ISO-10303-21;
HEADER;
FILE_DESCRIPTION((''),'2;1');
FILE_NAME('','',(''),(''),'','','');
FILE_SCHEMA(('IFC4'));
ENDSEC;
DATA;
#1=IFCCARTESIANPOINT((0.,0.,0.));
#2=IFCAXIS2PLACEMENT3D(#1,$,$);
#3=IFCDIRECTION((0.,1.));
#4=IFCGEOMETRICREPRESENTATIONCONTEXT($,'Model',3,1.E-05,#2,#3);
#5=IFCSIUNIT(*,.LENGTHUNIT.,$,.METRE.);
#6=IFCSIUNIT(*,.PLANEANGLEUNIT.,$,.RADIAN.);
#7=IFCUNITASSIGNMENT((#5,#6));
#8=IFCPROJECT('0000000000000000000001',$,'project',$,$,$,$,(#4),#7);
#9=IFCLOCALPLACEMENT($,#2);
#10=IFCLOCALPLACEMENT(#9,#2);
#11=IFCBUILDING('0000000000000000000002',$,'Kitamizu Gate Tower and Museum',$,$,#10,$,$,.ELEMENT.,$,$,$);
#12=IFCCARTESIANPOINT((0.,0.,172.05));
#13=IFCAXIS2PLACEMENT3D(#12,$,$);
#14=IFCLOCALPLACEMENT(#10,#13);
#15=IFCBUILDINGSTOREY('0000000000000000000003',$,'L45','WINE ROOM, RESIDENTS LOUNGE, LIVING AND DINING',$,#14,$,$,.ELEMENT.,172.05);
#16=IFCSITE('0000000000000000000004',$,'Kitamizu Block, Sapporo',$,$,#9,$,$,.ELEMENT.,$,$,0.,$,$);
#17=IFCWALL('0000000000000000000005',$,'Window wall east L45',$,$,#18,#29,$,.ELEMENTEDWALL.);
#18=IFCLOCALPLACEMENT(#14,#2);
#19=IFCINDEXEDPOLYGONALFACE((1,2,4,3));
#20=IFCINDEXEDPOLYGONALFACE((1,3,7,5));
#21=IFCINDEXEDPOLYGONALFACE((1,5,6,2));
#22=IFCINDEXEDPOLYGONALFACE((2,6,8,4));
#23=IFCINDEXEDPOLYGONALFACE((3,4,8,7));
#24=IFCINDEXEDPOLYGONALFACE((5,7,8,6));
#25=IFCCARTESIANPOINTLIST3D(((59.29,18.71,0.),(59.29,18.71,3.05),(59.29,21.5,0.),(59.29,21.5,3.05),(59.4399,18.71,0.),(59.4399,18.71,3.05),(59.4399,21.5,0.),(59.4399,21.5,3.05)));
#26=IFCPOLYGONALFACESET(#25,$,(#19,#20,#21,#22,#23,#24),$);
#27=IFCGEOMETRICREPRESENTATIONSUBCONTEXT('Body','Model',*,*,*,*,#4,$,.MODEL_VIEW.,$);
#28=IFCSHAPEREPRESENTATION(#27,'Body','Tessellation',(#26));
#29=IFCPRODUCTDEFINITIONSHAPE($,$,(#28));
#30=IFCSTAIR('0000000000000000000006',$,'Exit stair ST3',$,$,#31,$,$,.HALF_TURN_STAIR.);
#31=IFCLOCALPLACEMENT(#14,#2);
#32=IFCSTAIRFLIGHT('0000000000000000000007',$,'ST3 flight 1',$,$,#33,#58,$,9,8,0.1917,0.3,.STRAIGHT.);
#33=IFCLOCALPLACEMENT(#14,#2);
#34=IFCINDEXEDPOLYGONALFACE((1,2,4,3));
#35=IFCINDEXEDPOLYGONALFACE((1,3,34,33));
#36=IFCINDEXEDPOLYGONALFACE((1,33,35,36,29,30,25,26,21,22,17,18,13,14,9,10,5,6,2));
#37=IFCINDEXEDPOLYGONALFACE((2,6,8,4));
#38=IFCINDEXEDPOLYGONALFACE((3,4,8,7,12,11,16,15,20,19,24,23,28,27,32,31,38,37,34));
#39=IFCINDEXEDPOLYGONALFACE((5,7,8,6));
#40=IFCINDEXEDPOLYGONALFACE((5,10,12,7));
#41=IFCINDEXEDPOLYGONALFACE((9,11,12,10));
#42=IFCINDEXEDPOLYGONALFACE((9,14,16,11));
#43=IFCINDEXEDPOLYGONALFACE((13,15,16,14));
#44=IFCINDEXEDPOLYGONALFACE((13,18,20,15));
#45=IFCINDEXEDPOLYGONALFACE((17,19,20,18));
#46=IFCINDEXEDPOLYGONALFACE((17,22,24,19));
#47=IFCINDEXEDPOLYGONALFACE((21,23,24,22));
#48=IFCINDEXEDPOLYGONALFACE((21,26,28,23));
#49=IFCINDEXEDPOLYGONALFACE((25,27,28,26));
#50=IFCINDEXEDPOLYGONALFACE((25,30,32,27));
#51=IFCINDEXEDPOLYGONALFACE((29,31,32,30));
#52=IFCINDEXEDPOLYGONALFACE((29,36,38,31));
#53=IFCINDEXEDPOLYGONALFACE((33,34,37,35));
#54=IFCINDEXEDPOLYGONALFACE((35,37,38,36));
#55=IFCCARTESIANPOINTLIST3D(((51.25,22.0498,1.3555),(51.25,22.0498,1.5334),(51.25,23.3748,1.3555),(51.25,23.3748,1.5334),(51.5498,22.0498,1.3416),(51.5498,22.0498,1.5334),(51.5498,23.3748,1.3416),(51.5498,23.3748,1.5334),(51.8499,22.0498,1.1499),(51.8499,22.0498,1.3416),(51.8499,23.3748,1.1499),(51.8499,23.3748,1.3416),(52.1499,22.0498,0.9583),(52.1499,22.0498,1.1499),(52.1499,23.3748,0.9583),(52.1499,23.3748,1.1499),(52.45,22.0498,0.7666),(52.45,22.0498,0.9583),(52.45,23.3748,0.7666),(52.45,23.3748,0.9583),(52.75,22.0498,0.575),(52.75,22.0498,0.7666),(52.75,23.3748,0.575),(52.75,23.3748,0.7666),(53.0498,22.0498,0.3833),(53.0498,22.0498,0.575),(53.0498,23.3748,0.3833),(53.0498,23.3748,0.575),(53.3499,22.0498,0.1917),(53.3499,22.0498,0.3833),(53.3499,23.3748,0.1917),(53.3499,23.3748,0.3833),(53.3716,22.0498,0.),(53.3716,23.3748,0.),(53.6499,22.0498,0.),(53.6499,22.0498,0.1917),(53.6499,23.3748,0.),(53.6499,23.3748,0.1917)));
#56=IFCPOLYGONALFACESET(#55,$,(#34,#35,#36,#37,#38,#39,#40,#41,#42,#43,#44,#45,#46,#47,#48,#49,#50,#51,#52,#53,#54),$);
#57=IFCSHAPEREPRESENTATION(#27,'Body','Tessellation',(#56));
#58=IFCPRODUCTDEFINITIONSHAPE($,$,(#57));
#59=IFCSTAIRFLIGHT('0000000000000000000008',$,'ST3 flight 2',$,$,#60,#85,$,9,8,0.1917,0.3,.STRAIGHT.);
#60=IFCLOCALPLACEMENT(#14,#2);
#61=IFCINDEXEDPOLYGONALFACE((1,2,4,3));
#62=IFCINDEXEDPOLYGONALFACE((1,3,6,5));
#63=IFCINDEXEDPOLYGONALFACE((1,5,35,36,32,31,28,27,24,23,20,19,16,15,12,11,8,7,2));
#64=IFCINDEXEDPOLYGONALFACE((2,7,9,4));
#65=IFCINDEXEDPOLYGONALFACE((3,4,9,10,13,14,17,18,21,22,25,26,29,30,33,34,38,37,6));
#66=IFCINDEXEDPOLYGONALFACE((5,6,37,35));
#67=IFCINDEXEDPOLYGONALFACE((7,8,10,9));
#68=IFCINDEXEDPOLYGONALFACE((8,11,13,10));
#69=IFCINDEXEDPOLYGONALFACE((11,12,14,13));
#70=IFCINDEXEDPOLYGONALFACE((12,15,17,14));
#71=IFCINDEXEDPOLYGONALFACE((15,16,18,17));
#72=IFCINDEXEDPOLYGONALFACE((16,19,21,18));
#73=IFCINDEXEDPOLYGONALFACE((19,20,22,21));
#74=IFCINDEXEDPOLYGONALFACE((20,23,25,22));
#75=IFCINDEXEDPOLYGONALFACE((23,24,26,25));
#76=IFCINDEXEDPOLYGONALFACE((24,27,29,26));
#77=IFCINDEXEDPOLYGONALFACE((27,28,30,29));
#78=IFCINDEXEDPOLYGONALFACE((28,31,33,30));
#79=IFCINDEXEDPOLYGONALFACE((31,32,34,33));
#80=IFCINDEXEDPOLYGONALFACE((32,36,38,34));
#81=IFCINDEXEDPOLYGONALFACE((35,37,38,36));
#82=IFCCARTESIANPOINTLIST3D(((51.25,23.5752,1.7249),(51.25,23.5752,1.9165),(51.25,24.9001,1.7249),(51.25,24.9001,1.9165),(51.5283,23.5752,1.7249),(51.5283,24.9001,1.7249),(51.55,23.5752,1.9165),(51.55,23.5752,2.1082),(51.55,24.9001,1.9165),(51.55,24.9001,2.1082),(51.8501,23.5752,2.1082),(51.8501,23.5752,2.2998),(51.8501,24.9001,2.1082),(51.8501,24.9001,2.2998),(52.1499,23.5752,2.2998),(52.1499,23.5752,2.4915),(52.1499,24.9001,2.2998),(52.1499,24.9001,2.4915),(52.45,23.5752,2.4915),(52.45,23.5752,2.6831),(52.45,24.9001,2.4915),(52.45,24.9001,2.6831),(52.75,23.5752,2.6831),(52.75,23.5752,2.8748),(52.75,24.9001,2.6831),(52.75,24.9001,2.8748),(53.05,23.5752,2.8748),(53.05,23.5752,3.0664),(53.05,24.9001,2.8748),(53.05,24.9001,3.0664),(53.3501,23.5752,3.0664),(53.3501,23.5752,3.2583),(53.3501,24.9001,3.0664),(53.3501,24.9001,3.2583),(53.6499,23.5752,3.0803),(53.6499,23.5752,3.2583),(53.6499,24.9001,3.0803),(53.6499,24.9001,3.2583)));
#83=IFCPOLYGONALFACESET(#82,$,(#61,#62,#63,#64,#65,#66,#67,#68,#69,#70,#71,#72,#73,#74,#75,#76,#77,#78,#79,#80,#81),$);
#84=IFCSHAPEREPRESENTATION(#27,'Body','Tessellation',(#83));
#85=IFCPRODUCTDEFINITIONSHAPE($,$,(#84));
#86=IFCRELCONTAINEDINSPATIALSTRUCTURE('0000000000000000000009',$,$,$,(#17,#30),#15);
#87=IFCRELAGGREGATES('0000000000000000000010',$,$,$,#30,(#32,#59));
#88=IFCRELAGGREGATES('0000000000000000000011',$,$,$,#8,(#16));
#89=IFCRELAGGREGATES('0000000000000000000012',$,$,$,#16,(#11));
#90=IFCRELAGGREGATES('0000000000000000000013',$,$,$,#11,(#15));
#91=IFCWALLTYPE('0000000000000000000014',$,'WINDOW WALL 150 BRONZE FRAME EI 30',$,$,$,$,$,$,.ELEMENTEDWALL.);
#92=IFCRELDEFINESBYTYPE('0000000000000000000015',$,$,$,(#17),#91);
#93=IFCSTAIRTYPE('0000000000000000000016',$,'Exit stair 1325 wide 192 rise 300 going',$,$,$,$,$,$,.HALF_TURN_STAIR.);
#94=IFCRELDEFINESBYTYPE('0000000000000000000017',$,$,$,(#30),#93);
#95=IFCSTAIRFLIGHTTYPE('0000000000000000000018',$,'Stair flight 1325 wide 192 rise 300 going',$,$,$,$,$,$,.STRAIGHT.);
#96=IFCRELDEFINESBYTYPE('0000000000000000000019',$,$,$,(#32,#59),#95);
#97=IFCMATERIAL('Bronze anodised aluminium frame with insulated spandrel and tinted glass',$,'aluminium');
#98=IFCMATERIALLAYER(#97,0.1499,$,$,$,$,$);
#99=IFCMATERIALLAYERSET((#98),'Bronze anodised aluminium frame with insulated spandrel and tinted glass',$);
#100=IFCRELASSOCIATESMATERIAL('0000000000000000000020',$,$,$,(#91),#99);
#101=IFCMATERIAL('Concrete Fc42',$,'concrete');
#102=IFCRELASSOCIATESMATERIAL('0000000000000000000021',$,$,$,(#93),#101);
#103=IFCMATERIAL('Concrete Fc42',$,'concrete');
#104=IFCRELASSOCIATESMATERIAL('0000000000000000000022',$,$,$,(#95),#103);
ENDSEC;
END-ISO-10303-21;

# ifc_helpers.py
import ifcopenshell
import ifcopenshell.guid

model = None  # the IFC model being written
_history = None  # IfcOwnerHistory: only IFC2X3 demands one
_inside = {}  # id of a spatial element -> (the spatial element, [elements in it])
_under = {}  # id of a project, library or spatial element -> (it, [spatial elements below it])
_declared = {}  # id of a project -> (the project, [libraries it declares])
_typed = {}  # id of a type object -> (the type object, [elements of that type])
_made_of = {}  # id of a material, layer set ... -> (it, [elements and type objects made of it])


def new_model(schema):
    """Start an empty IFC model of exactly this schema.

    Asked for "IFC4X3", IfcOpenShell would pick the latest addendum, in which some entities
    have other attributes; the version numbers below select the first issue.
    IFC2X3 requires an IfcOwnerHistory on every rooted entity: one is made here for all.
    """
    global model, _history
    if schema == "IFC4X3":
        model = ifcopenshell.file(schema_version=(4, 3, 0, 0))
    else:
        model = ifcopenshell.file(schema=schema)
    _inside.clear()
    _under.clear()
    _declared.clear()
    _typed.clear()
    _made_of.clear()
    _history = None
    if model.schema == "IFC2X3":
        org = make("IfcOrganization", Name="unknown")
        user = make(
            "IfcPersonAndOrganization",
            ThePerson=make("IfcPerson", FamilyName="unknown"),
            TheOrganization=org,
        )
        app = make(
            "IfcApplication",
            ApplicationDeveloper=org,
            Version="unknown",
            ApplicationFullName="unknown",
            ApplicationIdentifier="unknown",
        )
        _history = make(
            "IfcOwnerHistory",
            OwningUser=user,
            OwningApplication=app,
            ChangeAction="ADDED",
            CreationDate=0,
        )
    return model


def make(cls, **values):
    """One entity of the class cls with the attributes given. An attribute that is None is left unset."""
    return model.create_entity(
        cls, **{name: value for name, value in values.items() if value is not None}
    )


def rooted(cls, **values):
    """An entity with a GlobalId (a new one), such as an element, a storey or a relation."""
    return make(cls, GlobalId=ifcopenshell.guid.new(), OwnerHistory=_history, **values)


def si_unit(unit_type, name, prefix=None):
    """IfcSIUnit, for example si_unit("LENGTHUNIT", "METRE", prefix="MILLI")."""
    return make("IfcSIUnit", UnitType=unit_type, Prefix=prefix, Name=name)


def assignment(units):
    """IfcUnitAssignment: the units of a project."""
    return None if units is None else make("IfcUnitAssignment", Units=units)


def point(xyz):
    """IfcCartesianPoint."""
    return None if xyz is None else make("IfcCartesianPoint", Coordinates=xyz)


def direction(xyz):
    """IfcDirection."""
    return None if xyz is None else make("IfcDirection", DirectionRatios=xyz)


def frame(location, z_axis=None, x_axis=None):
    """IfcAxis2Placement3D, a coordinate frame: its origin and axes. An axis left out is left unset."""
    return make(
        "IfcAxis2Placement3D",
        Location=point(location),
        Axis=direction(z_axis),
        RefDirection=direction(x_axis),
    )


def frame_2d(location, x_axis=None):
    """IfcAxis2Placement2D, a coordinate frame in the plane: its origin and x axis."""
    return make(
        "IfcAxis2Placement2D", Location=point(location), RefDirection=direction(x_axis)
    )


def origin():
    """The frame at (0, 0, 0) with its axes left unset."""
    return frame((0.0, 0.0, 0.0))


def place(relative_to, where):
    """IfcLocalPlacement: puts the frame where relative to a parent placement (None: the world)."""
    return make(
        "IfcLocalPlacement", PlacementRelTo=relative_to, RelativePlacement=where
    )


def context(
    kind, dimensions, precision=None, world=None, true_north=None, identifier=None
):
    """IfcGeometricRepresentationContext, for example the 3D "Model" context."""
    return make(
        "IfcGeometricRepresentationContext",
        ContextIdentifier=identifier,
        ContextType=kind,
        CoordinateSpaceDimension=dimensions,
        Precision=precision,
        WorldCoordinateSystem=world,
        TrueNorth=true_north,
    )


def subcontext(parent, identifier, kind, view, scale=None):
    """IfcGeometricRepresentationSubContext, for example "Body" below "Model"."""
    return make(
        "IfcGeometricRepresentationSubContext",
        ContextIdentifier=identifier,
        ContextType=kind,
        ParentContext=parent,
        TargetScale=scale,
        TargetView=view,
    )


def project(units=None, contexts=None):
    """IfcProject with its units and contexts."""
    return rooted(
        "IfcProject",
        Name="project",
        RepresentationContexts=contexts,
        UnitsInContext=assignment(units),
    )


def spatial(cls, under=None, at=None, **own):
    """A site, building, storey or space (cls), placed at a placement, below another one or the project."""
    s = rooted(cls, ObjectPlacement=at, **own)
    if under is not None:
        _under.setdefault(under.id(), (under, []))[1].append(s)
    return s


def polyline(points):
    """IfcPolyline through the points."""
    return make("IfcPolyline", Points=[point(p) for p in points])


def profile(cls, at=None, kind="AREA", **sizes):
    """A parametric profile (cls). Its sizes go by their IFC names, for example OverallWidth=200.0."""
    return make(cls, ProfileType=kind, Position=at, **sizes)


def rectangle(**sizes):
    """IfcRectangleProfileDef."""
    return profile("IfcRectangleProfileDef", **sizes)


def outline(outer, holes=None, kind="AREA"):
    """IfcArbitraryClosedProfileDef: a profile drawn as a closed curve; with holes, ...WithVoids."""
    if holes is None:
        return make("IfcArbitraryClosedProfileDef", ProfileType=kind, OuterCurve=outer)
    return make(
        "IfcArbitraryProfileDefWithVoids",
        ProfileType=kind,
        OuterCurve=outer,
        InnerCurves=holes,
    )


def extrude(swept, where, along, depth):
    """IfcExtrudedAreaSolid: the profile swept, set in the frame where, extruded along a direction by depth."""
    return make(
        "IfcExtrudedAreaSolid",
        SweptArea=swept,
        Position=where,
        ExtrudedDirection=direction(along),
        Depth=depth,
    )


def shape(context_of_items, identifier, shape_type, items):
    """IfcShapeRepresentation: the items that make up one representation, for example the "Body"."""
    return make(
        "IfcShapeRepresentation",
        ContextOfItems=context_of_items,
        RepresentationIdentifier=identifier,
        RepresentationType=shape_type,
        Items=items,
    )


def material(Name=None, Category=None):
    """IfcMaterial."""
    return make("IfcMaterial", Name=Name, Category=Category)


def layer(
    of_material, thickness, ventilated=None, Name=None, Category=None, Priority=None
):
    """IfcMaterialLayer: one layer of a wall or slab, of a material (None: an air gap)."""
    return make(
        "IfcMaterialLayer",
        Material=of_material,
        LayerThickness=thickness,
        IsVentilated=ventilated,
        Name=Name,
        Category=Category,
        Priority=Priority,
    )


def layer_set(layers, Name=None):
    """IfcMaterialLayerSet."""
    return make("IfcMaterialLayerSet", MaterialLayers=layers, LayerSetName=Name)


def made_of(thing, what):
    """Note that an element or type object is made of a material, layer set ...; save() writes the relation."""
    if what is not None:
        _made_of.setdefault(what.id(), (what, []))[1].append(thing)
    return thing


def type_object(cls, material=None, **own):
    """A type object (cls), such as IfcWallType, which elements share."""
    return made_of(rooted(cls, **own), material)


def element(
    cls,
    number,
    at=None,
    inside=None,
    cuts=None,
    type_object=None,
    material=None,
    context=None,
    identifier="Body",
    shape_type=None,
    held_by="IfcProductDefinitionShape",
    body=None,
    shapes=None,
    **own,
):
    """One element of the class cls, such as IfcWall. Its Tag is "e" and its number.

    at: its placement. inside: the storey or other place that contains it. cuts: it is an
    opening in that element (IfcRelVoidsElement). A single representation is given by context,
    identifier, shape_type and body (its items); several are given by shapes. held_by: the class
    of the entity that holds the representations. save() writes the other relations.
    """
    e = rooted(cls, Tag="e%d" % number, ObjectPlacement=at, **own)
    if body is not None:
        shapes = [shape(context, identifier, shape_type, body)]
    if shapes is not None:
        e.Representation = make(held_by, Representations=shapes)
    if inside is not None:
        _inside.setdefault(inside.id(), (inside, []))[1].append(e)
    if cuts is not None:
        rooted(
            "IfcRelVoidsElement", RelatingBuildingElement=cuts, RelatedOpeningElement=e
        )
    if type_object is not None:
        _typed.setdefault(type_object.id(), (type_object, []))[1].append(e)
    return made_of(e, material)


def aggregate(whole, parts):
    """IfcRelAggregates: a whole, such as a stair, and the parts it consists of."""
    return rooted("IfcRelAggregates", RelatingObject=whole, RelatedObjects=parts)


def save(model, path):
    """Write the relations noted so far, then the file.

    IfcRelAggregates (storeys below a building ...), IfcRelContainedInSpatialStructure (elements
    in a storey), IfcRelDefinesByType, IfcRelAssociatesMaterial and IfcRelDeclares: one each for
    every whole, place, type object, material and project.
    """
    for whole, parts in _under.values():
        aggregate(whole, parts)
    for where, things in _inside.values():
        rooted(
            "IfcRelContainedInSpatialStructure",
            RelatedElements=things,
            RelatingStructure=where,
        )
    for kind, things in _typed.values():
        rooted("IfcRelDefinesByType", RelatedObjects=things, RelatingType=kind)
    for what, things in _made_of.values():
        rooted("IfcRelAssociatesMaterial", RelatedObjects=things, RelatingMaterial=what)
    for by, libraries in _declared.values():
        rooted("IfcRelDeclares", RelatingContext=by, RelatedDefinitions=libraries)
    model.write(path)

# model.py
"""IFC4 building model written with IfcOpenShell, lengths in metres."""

from ifc_helpers import new_model, si_unit, direction, frame, frame_2d, origin, place, context, subcontext, project, spatial, polyline, rectangle, outline, extrude, material, layer, layer_set, type_object, element, aggregate, save


model = new_model("IFC4")

# Units and contexts
model_context = context("Model", 3, precision=1e-05, world=origin(), true_north=direction((0.0, 1.0)))
body_context = subcontext(model_context, "Body", "Model", "MODEL_VIEW")
ifc_project = project(units=[si_unit("LENGTHUNIT", "METRE"), si_unit("PLANEANGLEUNIT", "RADIAN")], contexts=[model_context])

# Site, building, storey
site_placement = place(None, origin())
site = spatial("IfcSite", under=ifc_project, at=site_placement, Name="Kitamizu Block, Sapporo", CompositionType="ELEMENT", RefElevation=0.0)
building_placement = place(site_placement, origin())
building = spatial("IfcBuilding", under=site, at=building_placement, Name="Kitamizu Gate Tower and Museum", CompositionType="ELEMENT")
storey_placement = place(building_placement, frame((0.0, 0.0, 172.05)))
storey = spatial("IfcBuildingStorey", under=building, at=storey_placement, Name="L45", Description="WINE ROOM, RESIDENTS LOUNGE, LIVING AND DINING", CompositionType="ELEMENT", Elevation=172.05)

# Wall
ifc_material_1 = material(Name="Bronze anodised aluminium frame with insulated spandrel and tinted glass", Category="aluminium")
ifc_layer_1 = layer(ifc_material_1, 0.1499)
ifc_layer_set_1 = layer_set([ifc_layer_1], Name="Bronze anodised aluminium frame with insulated spandrel and tinted glass")
wall_type_1 = type_object("IfcWallType", Name="WINDOW WALL 150 BRONZE FRAME EI 30", PredefinedType="ELEMENTEDWALL", material=ifc_layer_set_1)
wall_1_placement = place(storey_placement, frame((59.365, 18.71, 0.0), z_axis=(0.0, 0.0, 1.0), x_axis=(0.0, 1.0, 0.0)))
element("IfcWall", 1, at=wall_1_placement, inside=storey, type_object=wall_type_1, Name="Window wall east L45", PredefinedType="ELEMENTEDWALL", context=body_context, shape_type="SweptSolid", body=[
    extrude(rectangle(XDim=2.79, YDim=0.1499, at=frame_2d((1.395, 0.0))), origin(), (0.0, 0.0, 1.0), 3.05),
])

# Stair, stair flights
ifc_material_2 = material(Name="Concrete Fc42", Category="concrete")
stair_type = type_object("IfcStairType", Name="Exit stair 1325 wide 192 rise 300 going", PredefinedType="HALF_TURN_STAIR", material=ifc_material_2)
stair_placement = place(storey_placement, origin())
stair = element("IfcStair", 2, at=stair_placement, inside=storey, type_object=stair_type, Name="Exit stair ST3", PredefinedType="HALF_TURN_STAIR")
ifc_material_3 = material(Name="Concrete Fc42", Category="concrete")
stair_flight_type = type_object("IfcStairFlightType", Name="Stair flight 1325 wide 192 rise 300 going", PredefinedType="STRAIGHT", material=ifc_material_3)
stair_flight_1_placement = place(storey_placement, frame((53.6499, 22.7124, 0.0), z_axis=(0.0, 0.0, 1.0), x_axis=(-1.0, 0.0, 0.0)))
stair_flight_1 = element("IfcStairFlight", 3, at=stair_flight_1_placement, type_object=stair_flight_type, Name="ST3 flight 1", NumberOfRisers=9, NumberOfTreads=8, PredefinedType="STRAIGHT", RiserHeight=0.1917, TreadLength=0.3, context=body_context, shape_type="SweptSolid", body=[
    extrude(outline(polyline([(0.0, 0.0), (0.0, 0.1917), (0.3, 0.1917), (0.3, 0.3833), (0.6001, 0.3833), (0.6001, 0.575), (0.8999, 0.575), (0.8999, 0.7666), (1.2, 0.7666), (1.2, 0.9583), (1.5, 0.9583), (1.5, 1.1499), (1.8, 1.1499), (1.8, 1.3416), (2.1001, 1.3416), (2.1001, 1.5334), (2.3999, 1.5334), (2.3999, 1.7251), (2.3999, 1.3555), (0.2783, 0.0), (0.0, 0.0)])), frame((0.0, 0.6626, 0.0), z_axis=(0.0, -1.0, 0.0), x_axis=(1.0, 0.0, 0.0)), (0.0, 0.0, 1.0), 1.325),
])
stair_flight_2_placement = place(storey_placement, frame((51.25, 24.2375, 1.7249), z_axis=(0.0, 0.0, 1.0), x_axis=(1.0, 0.0, 0.0)))
stair_flight_2 = element("IfcStairFlight", 4, at=stair_flight_2_placement, type_object=stair_flight_type, Name="ST3 flight 2", NumberOfRisers=9, NumberOfTreads=8, PredefinedType="STRAIGHT", RiserHeight=0.1917, TreadLength=0.3, context=body_context, shape_type="SweptSolid", body=[
    extrude(outline(polyline([(0.0, 0.0), (0.0, 0.1917), (0.3, 0.1917), (0.3, 0.3833), (0.6001, 0.3833), (0.6001, 0.575), (0.8999, 0.575), (0.8999, 0.7666), (1.2, 0.7666), (1.2, 0.9583), (1.5, 0.9583), (1.5, 1.1499), (1.8, 1.1499), (1.8, 1.3416), (2.1001, 1.3416), (2.1001, 1.5334), (2.3999, 1.5334), (2.3999, 1.7251), (2.3999, 1.3555), (0.2783, 0.0), (0.0, 0.0)])), frame((0.0, 0.6626, 0.0), z_axis=(0.0, -1.0, 0.0), x_axis=(1.0, 0.0, 0.0)), (0.0, 0.0, 1.0), 1.325),
])
aggregate(stair, [stair_flight_1, stair_flight_2])

save(model, "model.ifc")
